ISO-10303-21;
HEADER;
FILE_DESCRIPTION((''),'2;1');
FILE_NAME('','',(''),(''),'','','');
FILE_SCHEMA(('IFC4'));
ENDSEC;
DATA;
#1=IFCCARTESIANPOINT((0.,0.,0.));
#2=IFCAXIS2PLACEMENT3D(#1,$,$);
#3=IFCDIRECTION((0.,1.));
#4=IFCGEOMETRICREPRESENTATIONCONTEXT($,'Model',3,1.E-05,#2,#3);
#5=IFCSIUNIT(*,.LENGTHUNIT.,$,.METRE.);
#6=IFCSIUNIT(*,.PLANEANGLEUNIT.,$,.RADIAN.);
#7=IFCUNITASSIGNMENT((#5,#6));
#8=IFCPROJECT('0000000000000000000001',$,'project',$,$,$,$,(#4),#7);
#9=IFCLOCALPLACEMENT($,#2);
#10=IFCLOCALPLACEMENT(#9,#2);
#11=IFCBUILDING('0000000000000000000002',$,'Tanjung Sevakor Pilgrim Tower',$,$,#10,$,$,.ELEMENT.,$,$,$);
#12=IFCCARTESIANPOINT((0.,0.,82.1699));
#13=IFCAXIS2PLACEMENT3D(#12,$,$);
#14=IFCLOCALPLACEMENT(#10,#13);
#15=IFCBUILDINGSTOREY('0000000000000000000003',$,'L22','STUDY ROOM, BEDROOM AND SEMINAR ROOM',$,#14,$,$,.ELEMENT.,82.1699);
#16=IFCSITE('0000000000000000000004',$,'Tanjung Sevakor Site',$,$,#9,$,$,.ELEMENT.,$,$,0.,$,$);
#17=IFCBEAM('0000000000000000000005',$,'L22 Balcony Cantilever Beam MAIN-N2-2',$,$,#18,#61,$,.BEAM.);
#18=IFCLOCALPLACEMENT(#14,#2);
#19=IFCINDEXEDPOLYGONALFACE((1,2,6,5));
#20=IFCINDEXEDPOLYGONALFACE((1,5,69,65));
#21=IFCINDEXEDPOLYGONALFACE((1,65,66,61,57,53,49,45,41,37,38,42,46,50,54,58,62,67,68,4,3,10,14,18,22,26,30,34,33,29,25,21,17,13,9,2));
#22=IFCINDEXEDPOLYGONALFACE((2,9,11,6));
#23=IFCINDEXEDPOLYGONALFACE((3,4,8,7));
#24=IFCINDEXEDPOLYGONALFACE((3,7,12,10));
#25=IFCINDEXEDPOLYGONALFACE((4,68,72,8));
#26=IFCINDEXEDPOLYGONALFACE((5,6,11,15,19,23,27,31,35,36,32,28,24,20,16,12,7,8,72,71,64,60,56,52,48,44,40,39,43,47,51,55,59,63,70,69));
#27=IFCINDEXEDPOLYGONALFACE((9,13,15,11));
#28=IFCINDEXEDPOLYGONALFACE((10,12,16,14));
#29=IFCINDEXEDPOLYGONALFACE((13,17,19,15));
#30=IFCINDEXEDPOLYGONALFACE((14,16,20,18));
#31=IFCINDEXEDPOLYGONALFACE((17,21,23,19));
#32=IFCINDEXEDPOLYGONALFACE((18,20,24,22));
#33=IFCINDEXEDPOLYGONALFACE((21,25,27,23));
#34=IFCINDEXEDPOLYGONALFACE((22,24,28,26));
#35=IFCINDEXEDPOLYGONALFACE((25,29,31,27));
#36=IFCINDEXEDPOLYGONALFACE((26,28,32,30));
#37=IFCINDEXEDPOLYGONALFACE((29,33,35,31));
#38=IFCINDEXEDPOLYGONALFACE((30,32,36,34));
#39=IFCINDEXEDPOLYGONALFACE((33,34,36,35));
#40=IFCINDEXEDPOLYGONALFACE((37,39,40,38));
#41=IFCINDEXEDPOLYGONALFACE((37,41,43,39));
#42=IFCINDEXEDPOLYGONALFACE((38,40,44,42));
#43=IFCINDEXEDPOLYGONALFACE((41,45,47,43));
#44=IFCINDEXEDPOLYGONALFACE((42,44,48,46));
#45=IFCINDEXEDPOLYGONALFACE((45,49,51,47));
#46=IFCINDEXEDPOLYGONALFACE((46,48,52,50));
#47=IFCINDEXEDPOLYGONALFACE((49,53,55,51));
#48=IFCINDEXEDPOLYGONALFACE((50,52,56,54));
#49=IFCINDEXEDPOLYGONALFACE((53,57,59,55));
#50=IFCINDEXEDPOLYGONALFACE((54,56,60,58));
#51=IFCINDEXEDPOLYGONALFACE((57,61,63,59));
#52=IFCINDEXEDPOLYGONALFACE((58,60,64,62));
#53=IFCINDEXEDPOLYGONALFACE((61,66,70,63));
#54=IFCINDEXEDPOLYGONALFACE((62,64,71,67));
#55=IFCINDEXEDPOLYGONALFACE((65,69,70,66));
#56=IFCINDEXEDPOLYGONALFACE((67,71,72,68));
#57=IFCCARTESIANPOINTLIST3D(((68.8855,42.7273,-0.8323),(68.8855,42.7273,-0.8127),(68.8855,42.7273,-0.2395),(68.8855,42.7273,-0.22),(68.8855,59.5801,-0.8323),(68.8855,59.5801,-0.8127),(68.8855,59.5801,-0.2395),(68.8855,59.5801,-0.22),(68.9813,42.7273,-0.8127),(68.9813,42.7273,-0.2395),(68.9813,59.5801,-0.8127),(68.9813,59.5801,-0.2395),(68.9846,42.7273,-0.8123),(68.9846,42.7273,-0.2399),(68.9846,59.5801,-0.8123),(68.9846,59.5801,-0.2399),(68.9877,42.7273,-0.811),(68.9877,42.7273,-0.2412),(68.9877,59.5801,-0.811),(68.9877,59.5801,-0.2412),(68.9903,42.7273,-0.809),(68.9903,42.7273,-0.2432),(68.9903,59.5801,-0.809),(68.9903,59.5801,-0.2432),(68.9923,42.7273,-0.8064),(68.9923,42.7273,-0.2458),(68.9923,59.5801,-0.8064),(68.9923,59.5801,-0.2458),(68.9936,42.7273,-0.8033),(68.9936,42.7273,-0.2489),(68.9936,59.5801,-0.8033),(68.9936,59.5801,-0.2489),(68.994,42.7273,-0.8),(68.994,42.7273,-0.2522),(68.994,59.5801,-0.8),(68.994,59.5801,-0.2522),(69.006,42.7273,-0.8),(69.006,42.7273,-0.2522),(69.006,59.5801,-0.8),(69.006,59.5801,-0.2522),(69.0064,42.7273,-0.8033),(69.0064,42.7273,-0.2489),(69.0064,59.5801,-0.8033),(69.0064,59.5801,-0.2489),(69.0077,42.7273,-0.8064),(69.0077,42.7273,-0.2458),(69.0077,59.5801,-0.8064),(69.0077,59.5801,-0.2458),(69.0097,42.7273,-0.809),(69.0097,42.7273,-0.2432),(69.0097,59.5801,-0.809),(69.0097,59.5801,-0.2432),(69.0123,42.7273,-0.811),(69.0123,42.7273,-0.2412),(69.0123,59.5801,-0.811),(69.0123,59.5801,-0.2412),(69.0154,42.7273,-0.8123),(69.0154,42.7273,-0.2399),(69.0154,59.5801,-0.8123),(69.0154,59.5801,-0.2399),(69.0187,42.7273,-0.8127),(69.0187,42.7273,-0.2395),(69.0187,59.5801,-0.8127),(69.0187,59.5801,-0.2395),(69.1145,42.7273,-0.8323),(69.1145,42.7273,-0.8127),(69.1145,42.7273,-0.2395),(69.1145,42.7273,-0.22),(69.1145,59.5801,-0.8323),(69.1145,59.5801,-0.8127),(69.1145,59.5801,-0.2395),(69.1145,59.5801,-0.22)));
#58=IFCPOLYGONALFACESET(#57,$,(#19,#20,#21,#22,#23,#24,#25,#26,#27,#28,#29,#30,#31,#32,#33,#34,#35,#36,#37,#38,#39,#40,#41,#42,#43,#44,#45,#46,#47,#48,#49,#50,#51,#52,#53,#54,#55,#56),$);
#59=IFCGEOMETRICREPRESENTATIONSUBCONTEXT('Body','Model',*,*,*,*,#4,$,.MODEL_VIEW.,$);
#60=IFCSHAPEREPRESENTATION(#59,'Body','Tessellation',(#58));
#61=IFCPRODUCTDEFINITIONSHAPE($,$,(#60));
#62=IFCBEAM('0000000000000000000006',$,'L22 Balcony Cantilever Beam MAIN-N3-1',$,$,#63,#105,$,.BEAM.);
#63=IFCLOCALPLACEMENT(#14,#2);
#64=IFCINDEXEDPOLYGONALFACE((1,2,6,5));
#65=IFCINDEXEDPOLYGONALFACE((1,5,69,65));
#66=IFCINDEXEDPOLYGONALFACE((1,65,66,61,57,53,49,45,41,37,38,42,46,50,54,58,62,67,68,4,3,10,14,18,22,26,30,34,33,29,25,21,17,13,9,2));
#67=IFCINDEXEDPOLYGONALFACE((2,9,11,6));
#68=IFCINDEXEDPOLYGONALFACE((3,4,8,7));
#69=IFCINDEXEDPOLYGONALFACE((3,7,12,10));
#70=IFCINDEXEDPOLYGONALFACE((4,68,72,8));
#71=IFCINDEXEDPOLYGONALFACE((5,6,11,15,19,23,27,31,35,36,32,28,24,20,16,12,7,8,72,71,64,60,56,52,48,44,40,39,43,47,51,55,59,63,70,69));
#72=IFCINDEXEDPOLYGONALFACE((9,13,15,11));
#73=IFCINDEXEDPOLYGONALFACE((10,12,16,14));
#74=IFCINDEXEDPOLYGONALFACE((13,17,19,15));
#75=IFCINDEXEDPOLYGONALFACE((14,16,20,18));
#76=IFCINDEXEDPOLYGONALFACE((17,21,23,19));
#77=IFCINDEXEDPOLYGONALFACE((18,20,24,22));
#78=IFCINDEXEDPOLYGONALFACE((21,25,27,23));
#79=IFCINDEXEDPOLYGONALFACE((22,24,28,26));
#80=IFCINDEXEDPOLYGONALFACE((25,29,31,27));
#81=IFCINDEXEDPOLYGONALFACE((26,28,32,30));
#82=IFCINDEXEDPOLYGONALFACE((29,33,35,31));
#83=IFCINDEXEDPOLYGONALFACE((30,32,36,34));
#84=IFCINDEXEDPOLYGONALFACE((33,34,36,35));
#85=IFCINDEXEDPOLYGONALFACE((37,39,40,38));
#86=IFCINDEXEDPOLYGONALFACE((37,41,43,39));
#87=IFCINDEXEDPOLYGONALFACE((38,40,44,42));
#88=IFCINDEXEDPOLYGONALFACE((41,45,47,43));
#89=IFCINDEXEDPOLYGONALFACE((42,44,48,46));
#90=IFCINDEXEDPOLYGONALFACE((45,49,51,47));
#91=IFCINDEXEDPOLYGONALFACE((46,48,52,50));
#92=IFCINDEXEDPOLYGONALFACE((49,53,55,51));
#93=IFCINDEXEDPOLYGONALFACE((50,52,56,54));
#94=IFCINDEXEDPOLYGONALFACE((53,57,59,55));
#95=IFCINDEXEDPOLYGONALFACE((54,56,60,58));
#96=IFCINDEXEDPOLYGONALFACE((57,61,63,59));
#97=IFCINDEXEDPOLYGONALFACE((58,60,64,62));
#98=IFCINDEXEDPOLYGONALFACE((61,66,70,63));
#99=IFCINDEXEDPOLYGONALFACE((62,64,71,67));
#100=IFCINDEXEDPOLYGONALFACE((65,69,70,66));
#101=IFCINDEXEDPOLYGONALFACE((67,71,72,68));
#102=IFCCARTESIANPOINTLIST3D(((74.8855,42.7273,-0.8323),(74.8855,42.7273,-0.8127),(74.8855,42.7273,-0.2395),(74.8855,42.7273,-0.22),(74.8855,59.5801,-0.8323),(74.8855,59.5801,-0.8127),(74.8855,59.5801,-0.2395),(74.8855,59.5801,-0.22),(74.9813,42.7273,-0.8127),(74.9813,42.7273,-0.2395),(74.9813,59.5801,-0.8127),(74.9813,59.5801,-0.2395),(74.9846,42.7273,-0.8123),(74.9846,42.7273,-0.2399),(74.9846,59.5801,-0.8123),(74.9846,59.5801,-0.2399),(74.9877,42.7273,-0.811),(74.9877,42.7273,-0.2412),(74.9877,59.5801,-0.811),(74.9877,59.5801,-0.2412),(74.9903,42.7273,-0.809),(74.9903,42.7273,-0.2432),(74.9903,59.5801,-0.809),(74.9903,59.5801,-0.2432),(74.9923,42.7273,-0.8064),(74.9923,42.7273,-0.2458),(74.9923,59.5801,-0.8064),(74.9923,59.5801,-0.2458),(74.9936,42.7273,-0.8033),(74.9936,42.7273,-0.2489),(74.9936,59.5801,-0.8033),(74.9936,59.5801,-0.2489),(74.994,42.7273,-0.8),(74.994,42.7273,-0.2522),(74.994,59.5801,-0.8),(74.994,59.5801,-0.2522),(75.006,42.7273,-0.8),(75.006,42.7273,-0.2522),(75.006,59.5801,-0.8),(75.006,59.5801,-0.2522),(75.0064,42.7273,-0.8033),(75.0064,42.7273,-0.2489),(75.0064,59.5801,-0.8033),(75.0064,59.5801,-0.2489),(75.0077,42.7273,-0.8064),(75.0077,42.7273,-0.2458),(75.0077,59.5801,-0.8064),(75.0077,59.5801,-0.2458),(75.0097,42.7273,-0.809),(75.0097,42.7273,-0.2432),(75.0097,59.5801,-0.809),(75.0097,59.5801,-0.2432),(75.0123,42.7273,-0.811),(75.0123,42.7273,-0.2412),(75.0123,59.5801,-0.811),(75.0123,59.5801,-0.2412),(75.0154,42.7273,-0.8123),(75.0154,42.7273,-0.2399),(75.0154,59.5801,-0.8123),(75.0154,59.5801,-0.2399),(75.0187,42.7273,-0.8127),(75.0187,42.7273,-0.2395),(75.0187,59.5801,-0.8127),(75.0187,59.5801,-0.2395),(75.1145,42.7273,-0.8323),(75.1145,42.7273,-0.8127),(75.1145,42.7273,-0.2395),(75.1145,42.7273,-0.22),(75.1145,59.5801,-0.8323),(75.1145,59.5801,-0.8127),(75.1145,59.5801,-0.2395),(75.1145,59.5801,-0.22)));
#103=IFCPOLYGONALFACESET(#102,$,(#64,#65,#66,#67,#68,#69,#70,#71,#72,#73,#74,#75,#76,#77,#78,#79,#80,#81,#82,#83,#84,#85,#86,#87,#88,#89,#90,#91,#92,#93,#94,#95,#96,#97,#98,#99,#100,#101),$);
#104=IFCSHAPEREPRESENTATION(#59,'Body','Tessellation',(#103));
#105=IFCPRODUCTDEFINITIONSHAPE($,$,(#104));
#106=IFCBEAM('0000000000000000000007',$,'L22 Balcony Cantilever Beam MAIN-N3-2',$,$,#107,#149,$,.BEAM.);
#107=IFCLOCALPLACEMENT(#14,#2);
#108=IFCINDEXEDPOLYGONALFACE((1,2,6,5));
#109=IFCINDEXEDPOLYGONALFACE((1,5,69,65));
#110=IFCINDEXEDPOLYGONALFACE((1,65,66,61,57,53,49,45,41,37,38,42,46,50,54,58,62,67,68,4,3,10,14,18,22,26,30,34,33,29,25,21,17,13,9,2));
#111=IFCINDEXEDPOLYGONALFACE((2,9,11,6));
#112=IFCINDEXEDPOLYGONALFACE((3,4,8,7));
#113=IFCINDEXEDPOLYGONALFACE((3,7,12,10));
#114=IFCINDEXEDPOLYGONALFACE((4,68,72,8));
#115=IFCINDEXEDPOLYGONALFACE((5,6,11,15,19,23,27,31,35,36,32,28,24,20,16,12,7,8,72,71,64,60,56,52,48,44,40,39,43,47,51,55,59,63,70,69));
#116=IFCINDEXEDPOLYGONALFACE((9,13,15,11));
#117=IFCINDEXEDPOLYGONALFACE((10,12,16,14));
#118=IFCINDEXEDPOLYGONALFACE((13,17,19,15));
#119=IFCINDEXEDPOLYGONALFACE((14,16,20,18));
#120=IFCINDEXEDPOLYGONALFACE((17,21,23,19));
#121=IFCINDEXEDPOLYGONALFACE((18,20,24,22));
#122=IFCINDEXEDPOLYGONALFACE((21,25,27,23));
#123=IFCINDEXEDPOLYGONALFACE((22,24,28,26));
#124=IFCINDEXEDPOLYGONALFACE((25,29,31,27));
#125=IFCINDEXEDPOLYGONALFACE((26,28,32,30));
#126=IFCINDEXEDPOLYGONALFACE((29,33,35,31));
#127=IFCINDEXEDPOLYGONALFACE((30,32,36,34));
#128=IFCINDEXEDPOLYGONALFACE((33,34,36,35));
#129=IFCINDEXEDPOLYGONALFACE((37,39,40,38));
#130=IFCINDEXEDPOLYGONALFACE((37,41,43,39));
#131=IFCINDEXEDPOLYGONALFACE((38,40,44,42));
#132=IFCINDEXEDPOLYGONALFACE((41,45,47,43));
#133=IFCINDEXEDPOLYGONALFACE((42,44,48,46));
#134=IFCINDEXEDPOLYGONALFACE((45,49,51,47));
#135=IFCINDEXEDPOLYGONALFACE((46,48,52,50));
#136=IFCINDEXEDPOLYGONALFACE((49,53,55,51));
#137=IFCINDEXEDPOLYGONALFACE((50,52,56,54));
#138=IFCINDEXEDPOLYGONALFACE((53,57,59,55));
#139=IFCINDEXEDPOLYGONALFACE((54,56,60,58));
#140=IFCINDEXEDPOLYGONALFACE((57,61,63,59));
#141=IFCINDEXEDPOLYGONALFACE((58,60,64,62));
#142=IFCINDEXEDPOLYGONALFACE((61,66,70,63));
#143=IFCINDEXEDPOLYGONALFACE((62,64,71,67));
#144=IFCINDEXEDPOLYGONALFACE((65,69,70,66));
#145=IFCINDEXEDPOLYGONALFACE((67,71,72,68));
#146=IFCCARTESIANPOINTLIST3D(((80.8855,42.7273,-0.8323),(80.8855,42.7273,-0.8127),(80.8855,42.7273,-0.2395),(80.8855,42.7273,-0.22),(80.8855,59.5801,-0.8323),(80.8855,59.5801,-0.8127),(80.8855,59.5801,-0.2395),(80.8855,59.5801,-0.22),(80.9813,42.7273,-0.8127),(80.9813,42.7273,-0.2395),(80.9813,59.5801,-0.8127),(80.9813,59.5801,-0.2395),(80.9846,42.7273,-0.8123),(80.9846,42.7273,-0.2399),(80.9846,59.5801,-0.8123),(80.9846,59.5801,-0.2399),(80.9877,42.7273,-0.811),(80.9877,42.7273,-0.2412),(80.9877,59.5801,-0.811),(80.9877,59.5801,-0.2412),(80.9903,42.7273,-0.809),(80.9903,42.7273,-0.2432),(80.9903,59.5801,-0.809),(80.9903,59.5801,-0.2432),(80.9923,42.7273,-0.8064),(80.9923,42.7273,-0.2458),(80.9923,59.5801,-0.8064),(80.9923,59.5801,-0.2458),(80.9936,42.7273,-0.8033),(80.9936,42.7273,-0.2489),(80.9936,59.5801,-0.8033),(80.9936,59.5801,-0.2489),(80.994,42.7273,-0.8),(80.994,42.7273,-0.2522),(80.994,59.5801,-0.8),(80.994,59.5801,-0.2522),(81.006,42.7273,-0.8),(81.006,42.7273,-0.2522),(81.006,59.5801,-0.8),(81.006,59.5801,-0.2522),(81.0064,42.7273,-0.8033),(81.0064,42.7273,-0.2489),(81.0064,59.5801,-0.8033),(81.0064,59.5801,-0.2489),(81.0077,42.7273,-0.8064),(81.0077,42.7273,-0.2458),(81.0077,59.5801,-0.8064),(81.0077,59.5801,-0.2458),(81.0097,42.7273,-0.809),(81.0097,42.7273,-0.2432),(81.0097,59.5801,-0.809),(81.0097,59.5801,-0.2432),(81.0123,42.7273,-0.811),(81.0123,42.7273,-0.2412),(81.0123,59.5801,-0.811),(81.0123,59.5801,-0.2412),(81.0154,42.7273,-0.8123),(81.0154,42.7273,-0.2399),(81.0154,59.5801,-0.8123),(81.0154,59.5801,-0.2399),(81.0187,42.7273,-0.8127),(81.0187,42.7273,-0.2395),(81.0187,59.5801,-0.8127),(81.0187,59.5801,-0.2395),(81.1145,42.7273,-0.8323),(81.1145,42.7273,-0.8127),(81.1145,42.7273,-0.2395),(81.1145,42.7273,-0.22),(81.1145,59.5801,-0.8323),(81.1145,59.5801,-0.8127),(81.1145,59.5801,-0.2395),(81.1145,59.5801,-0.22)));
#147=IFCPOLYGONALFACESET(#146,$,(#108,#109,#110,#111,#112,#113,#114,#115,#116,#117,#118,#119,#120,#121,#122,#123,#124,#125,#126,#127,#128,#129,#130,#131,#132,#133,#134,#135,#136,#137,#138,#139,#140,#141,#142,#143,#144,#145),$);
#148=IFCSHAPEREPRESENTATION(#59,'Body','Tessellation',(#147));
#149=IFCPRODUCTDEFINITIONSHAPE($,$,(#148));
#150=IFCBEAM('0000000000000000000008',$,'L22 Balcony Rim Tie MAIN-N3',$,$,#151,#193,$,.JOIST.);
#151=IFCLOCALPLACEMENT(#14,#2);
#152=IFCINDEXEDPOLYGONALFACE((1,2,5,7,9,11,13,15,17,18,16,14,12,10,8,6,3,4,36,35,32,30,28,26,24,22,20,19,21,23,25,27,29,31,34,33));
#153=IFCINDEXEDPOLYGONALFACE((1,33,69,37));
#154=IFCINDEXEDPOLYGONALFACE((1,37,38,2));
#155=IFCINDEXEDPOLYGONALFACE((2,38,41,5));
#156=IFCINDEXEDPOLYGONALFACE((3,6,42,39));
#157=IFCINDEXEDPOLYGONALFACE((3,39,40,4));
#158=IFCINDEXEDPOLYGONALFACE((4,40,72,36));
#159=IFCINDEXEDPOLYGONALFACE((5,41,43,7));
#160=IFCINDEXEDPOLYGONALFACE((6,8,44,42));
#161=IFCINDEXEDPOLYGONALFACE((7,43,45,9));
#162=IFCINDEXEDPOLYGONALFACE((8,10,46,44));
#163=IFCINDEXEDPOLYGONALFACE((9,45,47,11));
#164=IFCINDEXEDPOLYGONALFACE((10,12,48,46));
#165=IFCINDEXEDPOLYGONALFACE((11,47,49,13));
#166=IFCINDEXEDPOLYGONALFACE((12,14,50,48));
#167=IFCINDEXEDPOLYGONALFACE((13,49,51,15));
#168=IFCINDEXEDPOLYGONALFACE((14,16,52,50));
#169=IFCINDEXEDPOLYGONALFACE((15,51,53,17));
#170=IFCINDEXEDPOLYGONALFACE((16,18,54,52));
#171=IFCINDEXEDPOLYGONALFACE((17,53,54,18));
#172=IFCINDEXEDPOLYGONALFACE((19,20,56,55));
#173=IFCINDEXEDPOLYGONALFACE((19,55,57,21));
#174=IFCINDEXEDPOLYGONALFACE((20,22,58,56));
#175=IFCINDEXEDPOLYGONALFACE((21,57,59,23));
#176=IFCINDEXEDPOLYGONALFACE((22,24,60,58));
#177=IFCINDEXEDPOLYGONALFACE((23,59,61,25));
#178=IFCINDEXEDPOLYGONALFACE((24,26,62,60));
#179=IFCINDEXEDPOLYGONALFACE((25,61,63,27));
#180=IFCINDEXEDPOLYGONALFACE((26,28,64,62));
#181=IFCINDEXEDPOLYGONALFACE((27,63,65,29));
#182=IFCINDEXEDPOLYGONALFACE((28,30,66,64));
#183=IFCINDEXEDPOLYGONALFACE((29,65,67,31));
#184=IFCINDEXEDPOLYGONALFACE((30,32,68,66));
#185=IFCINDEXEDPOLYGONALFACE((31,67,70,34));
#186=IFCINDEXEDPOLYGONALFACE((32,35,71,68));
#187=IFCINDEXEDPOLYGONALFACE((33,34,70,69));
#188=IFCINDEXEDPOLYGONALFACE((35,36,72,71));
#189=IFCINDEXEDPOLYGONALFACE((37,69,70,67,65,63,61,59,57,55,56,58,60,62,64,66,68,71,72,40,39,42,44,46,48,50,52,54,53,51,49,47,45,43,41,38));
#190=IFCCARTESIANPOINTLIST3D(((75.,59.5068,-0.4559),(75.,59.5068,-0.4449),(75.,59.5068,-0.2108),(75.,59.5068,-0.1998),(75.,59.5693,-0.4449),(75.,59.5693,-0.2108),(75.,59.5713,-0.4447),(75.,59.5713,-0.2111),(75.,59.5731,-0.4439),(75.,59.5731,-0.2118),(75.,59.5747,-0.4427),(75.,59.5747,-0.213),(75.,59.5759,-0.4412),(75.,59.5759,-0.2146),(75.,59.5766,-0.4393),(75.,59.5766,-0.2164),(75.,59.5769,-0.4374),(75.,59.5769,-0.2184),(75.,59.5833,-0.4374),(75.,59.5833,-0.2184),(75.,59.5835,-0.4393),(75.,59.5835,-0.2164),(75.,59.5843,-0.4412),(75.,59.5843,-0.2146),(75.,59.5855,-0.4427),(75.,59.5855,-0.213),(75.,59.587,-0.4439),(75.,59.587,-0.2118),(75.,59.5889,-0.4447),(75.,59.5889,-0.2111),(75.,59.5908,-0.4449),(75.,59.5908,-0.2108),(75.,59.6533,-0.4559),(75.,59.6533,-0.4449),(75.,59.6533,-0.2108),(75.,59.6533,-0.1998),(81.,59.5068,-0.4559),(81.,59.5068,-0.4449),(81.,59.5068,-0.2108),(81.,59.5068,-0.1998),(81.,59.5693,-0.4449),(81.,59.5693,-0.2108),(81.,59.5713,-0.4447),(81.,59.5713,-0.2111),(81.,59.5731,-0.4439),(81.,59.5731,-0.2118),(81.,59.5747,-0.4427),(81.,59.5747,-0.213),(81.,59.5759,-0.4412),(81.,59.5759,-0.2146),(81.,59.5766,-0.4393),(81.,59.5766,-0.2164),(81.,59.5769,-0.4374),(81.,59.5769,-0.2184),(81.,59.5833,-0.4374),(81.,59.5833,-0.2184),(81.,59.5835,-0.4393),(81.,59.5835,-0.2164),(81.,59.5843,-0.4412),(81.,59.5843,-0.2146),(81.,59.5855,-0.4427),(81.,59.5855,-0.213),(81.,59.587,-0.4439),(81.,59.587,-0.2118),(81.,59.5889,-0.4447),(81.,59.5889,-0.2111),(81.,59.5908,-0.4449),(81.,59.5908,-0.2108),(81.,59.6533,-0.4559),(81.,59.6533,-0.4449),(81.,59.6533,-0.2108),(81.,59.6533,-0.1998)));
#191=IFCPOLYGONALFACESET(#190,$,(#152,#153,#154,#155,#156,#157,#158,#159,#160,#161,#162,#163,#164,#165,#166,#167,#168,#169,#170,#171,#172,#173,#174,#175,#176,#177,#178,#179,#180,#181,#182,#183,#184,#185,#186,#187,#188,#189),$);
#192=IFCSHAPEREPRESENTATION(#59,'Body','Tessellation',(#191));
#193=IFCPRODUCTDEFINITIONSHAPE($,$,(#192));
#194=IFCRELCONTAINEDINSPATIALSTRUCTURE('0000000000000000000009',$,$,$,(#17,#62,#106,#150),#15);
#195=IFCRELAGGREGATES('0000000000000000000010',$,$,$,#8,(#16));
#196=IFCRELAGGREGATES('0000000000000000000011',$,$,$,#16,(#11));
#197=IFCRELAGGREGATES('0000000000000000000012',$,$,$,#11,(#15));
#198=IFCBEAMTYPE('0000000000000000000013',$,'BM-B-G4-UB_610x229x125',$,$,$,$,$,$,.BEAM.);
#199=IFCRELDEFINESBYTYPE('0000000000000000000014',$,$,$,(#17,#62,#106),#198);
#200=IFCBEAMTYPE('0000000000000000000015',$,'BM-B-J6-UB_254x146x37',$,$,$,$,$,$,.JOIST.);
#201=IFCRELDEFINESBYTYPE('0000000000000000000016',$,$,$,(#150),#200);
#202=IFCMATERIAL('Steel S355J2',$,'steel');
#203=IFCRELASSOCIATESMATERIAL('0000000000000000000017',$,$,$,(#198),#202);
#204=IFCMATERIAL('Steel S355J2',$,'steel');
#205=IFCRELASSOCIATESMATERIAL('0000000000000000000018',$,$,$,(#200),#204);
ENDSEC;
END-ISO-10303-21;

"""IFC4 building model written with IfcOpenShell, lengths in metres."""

from ifc_helpers import new_model, si_unit, direction, frame, origin, origin_2d, place, context, subcontext, project, spatial, i_section, extrude, material, material_profile, profile_set, type_object, element, save


model = new_model("IFC4")

# Units and contexts
model_context = context("Model", 3, precision=1e-05, world=origin(), true_north=direction((0.0, 1.0)))
body_context = subcontext(model_context, "Body", "Model", "MODEL_VIEW")
ifc_project = project(units=[si_unit("LENGTHUNIT", "METRE"), si_unit("PLANEANGLEUNIT", "RADIAN")], contexts=[model_context])

# Site, building, storey
site_placement = place(None, origin())
site = spatial("IfcSite", under=ifc_project, at=site_placement, Name="Tanjung Sevakor Site", CompositionType="ELEMENT", RefElevation=0.0)
building_placement = place(site_placement, origin())
building = spatial("IfcBuilding", under=site, at=building_placement, Name="Tanjung Sevakor Pilgrim Tower", CompositionType="ELEMENT")
storey_placement = place(building_placement, frame((0.0, 0.0, 82.1699)))
storey = spatial("IfcBuildingStorey", under=building, at=storey_placement, Name="L22", Description="STUDY ROOM, BEDROOM AND SEMINAR ROOM", CompositionType="ELEMENT", Elevation=82.1699)

# Beams
ifc_material_1 = material(Name="Steel S355J2", Category="steel")
ifc_material_profile_1 = material_profile(ifc_material_1, i_section(OverallWidth=0.229, OverallDepth=0.6123, WebThickness=0.012, FlangeThickness=0.0195, FilletRadius=0.0127, at=origin_2d()))
ifc_profile_set_1 = profile_set([ifc_material_profile_1], Name="Steel S355J2")
beam_type_1 = type_object("IfcBeamType", Name="BM-B-G4-UB_610x229x125", PredefinedType="BEAM", material=ifc_profile_set_1)
for number, where, z_axis, x_axis, name in (
    (1, (69.0, 42.7273, -0.5261), (0.0, 1.0, 0.0), (-1.0, 0.0, 0.0), "L22 Balcony Cantilever Beam MAIN-N2-2"),
    (2, (75.0, 42.7273, -0.5261), (0.0, 1.0, 0.0), (-1.0, 0.0, 0.0), "L22 Balcony Cantilever Beam MAIN-N3-1"),
    (3, (81.0, 42.7273, -0.5261), (0.0, 1.0, 0.0), (-1.0, 0.0, 0.0), "L22 Balcony Cantilever Beam MAIN-N3-2"),
):
    element("IfcBeam", number, at=place(storey_placement, frame(where, z_axis=z_axis, x_axis=x_axis)), inside=storey, type_object=beam_type_1, Name=name, PredefinedType="BEAM", context=body_context, shape_type="SweptSolid", body=[
        extrude(i_section(OverallWidth=0.229, OverallDepth=0.6123, WebThickness=0.012, FlangeThickness=0.0195, FilletRadius=0.0127, at=origin_2d()), origin(), (0.0, 0.0, 1.0), 16.8528),
    ])
ifc_material_2 = material(Name="Steel S355J2", Category="steel")
ifc_material_profile_2 = material_profile(ifc_material_2, i_section(OverallWidth=0.1465, OverallDepth=0.2561, WebThickness=0.0063, FlangeThickness=0.011, FilletRadius=0.0076, at=origin_2d()))
ifc_profile_set_2 = profile_set([ifc_material_profile_2], Name="Steel S355J2")
beam_type_2 = type_object("IfcBeamType", Name="BM-B-J6-UB_254x146x37", PredefinedType="JOIST", material=ifc_profile_set_2)
beam_1_placement = place(storey_placement, frame((75.0, 59.5801, -0.3279), z_axis=(1.0, 0.0, 0.0), x_axis=(0.0, 1.0, 0.0)))
element("IfcBeam", 4, at=beam_1_placement, inside=storey, type_object=beam_type_2, Name="L22 Balcony Rim Tie MAIN-N3", PredefinedType="JOIST", context=body_context, shape_type="SweptSolid", body=[
    extrude(i_section(OverallWidth=0.1465, OverallDepth=0.2561, WebThickness=0.0063, FlangeThickness=0.011, FilletRadius=0.0076, at=origin_2d()), origin(), (0.0, 0.0, 1.0), 6.0),
])

save(model, "model.ifc")
